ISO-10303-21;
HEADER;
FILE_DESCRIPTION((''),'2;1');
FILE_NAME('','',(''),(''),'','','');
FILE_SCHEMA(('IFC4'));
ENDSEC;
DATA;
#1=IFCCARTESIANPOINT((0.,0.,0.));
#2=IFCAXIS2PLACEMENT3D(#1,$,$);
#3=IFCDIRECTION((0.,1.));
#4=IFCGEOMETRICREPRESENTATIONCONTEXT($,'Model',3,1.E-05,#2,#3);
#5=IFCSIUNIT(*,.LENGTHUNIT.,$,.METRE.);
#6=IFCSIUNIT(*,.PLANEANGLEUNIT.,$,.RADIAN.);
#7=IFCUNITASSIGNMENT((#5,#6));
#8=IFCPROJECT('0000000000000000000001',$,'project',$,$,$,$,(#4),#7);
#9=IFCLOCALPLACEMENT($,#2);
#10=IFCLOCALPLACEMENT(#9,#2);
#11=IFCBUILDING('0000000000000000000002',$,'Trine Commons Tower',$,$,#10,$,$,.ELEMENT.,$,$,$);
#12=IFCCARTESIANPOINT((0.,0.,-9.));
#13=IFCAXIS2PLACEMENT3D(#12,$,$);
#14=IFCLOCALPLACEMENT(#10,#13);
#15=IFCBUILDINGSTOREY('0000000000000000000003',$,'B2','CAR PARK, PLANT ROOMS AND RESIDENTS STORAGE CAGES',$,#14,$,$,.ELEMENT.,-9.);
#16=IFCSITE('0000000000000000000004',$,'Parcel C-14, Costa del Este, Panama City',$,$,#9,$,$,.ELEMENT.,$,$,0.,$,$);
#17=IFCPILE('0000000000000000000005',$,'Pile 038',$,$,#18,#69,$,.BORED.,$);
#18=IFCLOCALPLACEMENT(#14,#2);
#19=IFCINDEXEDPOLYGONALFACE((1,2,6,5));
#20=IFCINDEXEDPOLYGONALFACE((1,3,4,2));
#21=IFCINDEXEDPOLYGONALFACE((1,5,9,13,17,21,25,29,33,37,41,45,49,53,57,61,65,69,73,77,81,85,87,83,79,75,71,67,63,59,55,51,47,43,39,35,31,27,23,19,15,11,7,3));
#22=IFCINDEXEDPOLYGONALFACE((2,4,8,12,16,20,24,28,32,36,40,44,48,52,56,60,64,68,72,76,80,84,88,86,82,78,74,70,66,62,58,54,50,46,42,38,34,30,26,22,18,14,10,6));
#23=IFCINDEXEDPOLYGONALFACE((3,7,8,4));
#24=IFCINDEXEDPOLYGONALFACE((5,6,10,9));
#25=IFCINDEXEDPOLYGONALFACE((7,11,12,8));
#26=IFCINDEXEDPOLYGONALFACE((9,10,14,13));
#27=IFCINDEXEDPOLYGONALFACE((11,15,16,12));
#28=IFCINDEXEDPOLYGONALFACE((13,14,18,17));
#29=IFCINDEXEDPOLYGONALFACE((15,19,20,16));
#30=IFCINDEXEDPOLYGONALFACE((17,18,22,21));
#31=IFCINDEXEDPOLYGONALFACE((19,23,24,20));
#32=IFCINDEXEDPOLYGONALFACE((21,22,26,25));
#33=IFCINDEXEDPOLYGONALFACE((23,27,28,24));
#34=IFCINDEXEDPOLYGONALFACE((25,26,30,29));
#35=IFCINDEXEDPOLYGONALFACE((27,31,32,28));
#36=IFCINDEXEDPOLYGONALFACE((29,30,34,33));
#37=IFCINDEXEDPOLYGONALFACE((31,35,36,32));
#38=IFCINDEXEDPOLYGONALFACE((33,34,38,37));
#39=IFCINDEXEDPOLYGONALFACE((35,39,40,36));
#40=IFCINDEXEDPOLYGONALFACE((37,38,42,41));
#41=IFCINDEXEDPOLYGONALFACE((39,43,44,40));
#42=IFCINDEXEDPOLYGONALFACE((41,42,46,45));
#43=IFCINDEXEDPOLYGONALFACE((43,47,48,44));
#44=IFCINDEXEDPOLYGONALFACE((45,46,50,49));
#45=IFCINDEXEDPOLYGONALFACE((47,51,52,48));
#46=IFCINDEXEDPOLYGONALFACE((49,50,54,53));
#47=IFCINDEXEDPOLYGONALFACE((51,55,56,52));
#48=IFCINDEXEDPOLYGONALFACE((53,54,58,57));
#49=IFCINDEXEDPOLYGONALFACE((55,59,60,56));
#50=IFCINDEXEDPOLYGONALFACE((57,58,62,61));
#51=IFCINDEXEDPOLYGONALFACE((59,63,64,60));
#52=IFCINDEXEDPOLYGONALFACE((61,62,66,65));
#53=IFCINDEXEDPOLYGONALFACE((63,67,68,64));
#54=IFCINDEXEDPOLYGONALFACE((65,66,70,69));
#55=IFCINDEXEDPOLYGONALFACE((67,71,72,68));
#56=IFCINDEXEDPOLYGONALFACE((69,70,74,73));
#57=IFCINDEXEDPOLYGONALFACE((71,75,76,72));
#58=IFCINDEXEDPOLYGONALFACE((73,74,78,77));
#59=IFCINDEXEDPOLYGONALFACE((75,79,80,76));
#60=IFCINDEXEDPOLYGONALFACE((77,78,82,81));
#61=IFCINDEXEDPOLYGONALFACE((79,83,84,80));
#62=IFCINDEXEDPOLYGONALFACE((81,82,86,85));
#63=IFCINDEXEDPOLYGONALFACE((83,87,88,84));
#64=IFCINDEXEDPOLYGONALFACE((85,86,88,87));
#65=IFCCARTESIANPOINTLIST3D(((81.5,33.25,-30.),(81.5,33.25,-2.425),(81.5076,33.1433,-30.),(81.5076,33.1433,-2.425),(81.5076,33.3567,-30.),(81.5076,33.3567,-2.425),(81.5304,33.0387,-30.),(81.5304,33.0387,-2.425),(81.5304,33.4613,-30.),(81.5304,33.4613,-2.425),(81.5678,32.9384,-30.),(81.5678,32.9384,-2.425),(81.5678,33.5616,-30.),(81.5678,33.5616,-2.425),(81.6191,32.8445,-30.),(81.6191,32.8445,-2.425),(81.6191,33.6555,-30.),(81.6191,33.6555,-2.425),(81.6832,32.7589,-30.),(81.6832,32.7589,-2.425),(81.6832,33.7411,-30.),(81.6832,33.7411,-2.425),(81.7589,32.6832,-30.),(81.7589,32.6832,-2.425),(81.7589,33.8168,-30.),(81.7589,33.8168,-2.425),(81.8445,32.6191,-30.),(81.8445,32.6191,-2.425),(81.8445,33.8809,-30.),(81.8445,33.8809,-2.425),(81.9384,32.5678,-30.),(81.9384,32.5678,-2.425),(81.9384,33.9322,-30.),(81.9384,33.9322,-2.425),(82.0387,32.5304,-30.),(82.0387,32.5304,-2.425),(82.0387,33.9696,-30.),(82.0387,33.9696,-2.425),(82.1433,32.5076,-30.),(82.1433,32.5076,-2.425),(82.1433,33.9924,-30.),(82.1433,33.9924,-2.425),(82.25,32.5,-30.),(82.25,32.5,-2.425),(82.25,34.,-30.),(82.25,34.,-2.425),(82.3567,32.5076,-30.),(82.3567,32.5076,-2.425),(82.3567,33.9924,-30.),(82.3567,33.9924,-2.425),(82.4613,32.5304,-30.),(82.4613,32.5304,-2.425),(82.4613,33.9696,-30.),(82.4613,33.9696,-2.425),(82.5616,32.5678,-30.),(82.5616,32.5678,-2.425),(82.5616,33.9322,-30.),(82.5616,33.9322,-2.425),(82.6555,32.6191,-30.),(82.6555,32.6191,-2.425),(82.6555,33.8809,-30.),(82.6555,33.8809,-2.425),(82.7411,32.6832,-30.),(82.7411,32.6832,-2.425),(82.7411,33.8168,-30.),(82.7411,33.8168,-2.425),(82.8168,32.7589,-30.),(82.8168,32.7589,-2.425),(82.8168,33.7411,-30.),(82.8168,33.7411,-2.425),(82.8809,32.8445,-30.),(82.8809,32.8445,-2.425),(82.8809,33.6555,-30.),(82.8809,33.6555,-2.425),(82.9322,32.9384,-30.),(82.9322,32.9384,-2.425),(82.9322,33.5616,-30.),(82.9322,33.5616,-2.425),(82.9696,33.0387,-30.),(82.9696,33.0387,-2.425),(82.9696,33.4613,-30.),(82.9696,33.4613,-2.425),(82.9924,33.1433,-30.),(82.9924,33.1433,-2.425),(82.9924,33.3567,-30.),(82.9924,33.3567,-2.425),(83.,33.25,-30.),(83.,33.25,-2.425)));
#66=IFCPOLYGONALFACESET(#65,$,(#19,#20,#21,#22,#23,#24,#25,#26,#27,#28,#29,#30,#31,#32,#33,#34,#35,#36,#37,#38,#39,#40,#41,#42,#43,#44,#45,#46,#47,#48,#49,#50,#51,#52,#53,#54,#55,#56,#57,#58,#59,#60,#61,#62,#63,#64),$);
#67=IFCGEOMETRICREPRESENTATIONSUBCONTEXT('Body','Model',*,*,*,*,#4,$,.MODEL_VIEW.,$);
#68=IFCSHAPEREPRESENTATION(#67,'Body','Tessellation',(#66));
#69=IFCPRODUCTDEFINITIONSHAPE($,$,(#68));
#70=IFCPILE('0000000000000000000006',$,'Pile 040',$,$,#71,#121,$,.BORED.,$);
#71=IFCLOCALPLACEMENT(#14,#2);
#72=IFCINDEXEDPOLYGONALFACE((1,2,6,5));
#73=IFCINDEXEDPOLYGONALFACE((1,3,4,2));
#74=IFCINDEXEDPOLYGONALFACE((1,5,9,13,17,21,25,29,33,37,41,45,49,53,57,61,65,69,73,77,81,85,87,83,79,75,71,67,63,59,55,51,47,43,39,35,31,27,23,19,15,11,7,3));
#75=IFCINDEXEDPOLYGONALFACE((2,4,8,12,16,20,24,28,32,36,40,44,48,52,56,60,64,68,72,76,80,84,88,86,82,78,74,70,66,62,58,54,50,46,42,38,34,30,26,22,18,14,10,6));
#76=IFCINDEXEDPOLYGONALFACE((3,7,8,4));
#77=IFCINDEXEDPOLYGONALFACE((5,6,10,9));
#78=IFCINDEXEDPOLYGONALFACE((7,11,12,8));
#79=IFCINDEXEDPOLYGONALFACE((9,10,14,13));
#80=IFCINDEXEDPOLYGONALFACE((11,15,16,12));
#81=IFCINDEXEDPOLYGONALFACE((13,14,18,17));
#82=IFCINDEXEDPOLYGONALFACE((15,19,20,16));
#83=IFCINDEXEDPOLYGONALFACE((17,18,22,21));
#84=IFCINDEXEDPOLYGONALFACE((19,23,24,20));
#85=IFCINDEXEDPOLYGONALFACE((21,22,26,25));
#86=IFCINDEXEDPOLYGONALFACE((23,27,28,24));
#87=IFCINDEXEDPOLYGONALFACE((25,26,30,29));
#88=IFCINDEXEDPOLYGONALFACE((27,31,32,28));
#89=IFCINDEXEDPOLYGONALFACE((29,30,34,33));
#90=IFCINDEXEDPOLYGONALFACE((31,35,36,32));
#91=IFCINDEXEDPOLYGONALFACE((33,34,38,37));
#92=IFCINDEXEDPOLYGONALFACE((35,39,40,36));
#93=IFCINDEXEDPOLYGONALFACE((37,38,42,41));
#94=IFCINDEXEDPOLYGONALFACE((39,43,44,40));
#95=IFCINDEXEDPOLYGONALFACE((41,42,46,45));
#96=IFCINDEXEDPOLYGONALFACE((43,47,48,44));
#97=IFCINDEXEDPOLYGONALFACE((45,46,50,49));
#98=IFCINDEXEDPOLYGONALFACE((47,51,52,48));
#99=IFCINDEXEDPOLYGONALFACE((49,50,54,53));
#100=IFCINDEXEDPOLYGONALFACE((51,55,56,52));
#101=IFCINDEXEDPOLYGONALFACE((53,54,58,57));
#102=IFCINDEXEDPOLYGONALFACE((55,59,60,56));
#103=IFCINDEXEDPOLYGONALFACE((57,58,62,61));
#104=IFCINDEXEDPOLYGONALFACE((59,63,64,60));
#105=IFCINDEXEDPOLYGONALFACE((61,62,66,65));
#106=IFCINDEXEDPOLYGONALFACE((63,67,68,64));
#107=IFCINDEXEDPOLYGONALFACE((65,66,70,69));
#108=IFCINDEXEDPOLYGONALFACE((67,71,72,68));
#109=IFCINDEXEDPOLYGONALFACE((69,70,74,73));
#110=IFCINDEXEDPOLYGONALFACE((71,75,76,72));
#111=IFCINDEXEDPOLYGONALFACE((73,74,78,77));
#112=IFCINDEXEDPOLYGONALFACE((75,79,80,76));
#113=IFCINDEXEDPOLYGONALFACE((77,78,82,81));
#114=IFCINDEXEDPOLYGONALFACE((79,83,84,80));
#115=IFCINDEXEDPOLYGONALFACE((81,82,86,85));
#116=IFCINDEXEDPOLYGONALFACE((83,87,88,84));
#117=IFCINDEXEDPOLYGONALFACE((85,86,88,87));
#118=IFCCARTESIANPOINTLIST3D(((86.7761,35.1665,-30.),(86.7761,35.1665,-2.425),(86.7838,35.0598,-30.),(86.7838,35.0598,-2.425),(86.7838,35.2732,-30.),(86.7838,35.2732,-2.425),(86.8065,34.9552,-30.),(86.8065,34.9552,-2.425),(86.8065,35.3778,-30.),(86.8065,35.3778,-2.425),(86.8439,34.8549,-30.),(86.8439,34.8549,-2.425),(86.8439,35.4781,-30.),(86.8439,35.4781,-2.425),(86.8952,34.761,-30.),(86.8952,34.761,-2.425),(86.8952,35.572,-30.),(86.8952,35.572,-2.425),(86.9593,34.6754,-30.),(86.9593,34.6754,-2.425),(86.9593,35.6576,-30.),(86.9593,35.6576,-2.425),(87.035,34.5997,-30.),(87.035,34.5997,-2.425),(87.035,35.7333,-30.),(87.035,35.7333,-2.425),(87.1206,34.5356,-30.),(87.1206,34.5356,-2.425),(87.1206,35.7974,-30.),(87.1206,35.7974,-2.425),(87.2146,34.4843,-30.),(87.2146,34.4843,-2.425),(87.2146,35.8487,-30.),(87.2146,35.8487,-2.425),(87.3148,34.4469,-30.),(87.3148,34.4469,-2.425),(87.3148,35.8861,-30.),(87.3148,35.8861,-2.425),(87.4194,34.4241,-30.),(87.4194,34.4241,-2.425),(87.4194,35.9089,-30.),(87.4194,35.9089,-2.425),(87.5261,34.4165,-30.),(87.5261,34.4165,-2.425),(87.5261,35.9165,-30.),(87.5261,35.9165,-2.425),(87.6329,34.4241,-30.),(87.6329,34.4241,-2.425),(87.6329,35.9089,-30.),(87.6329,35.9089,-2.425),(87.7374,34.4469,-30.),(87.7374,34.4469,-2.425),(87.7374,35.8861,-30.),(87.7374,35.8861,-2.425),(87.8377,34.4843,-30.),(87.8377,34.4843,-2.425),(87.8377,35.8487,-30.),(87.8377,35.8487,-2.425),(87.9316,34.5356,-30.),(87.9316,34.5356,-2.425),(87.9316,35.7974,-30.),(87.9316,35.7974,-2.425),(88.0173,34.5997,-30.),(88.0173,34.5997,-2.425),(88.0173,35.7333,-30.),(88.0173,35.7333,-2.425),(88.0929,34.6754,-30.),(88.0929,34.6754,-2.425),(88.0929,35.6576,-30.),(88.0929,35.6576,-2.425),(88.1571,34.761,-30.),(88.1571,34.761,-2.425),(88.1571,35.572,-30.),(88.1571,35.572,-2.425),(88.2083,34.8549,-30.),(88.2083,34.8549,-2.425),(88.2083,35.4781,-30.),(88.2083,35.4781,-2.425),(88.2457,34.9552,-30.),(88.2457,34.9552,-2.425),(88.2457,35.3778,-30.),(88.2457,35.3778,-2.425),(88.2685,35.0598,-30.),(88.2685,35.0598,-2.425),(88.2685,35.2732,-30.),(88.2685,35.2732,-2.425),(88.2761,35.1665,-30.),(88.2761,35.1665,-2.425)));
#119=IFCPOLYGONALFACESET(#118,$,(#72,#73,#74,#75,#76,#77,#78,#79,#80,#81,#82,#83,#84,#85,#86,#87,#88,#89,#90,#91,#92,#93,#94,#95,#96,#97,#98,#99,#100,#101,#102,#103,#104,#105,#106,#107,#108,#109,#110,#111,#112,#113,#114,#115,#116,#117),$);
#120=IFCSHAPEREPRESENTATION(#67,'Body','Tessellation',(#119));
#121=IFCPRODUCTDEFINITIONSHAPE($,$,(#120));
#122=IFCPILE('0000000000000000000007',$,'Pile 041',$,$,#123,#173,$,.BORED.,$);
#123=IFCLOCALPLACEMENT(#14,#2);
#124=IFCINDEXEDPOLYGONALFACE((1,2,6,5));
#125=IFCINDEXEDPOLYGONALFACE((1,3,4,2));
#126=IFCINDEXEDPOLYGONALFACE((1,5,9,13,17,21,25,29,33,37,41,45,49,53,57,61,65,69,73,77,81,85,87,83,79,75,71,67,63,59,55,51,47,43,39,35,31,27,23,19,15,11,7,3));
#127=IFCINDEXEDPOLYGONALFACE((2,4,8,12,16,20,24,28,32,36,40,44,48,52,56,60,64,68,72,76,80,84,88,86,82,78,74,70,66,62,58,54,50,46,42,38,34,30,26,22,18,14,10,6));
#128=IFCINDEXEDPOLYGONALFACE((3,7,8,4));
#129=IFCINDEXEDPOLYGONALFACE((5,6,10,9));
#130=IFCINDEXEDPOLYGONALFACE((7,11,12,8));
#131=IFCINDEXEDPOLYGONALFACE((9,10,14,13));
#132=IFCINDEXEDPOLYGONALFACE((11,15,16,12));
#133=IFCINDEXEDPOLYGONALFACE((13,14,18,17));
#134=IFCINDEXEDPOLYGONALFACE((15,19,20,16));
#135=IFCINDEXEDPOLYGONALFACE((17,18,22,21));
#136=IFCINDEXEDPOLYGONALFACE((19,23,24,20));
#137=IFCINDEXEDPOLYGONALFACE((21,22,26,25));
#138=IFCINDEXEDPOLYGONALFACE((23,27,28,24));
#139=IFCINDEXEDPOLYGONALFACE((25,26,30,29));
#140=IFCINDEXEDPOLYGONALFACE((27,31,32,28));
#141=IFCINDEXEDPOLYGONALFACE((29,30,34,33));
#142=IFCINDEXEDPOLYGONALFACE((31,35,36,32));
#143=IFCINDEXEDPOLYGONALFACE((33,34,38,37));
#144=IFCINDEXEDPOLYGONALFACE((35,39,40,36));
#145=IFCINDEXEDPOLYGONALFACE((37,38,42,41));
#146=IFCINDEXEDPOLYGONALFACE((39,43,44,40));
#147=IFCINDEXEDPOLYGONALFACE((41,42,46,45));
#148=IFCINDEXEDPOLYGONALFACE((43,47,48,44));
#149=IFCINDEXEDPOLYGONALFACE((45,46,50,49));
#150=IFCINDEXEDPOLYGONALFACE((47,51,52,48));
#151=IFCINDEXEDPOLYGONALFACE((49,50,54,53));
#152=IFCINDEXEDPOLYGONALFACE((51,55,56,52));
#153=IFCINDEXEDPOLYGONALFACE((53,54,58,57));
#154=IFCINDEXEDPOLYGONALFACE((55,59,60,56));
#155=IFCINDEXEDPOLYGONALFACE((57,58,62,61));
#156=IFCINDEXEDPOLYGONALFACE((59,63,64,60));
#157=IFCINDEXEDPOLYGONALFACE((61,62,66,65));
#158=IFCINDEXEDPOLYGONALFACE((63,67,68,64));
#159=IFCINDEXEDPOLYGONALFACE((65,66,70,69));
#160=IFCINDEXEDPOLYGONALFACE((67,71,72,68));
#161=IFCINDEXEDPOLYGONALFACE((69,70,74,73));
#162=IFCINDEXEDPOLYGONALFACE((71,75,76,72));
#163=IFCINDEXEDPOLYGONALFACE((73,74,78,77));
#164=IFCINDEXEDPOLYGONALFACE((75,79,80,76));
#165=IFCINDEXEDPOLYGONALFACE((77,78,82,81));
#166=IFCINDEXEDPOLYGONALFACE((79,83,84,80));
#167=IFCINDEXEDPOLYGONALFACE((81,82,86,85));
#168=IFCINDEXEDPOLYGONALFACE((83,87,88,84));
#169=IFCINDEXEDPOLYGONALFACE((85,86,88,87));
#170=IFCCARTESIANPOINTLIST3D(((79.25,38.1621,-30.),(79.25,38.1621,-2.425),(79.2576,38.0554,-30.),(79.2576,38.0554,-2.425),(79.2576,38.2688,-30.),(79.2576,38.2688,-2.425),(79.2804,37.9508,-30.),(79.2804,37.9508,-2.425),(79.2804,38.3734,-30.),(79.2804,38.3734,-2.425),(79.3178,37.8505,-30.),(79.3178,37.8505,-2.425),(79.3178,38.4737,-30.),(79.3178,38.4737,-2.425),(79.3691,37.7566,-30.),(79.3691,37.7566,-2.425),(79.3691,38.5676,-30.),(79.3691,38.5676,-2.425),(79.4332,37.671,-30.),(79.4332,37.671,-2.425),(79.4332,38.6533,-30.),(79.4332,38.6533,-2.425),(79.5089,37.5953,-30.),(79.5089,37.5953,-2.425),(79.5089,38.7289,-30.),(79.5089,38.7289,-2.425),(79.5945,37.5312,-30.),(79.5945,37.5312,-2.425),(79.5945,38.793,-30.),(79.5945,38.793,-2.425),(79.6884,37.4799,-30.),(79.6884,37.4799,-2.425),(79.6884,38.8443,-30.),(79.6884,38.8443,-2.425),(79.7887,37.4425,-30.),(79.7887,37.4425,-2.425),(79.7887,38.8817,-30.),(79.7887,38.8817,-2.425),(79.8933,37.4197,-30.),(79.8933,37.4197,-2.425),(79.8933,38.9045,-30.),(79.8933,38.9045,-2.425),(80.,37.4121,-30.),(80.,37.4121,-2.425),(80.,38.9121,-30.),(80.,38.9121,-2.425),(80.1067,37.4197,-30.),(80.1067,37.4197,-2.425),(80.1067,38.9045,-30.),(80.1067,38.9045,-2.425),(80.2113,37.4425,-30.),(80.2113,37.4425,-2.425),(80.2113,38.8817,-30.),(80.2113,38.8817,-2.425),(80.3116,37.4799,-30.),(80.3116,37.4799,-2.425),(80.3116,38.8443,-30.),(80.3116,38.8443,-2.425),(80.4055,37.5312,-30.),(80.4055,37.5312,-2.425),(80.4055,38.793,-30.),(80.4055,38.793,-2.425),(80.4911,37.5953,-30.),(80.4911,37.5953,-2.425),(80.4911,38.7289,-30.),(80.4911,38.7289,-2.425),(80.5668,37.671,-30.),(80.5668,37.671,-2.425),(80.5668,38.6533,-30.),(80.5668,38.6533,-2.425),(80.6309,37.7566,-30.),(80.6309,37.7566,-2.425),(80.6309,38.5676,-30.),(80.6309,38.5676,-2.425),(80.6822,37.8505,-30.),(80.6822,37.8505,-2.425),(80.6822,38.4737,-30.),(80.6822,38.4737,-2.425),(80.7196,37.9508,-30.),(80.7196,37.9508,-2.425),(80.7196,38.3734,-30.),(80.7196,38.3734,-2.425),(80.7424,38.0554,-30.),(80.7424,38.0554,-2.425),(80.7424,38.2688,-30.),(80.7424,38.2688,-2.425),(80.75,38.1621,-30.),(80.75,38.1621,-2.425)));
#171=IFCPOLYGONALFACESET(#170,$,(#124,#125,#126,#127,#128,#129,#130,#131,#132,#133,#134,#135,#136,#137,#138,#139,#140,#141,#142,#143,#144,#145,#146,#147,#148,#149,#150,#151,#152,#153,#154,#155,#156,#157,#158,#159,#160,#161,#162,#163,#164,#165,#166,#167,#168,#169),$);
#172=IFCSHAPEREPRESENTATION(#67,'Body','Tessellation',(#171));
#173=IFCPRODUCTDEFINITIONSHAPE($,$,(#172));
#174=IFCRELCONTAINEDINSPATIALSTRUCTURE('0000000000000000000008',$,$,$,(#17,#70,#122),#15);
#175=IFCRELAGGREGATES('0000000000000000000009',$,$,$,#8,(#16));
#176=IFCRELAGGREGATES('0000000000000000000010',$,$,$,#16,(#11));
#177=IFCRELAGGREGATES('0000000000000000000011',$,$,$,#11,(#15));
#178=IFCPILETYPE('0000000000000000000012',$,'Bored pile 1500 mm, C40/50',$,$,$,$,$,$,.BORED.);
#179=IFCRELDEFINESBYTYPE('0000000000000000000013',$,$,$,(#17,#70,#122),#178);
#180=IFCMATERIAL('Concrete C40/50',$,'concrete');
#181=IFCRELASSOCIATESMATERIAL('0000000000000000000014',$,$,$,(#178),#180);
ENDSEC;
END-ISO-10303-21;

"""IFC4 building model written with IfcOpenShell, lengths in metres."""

from ifc_helpers import new_model, si_unit, direction, frame, origin, origin_2d, place, context, subcontext, project, spatial, circle, extrude, material, type_object, element, save


model = new_model("IFC4")

# Units and contexts
model_context = context("Model", 3, precision=1e-05, world=origin(), true_north=direction((0.0, 1.0)))
body_context = subcontext(model_context, "Body", "Model", "MODEL_VIEW")
ifc_project = project(units=[si_unit("LENGTHUNIT", "METRE"), si_unit("PLANEANGLEUNIT", "RADIAN")], contexts=[model_context])

# Site, building, storey
site_placement = place(None, origin())
site = spatial("IfcSite", under=ifc_project, at=site_placement, Name="Parcel C-14, Costa del Este, Panama City", CompositionType="ELEMENT", RefElevation=0.0)
building_placement = place(site_placement, origin())
building = spatial("IfcBuilding", under=site, at=building_placement, Name="Trine Commons Tower", CompositionType="ELEMENT")
storey_placement = place(building_placement, frame((0.0, 0.0, -9.0)))
storey = spatial("IfcBuildingStorey", under=building, at=storey_placement, Name="B2", Description="CAR PARK, PLANT ROOMS AND RESIDENTS STORAGE CAGES", CompositionType="ELEMENT", Elevation=-9.0)

# Piles
ifc_material_1 = material(Name="Concrete C40/50", Category="concrete")
pile_type_1 = type_object("IfcPileType", Name="Bored pile 1500 mm, C40/50", PredefinedType="BORED", material=ifc_material_1)
for number, where, z_axis, x_axis, name in (
    (1, (82.25, 33.25, -2.425), (0.0, 0.0, -1.0), (1.0, 0.0, 0.0), "Pile 038"),
    (2, (87.5261, 35.1665, -2.425), (0.0, 0.0, -1.0), (1.0, 0.0, 0.0), "Pile 040"),
    (3, (80.0, 38.1621, -2.425), (0.0, 0.0, -1.0), (1.0, 0.0, 0.0), "Pile 041"),
):
    element("IfcPile", number, at=place(storey_placement, frame(where, z_axis=z_axis, x_axis=x_axis)), inside=storey, type_object=pile_type_1, Name=name, PredefinedType="BORED", context=body_context, shape_type="SweptSolid", body=[
        extrude(circle(Radius=0.75, at=origin_2d()), origin(), (0.0, 0.0, 1.0), 27.575),
    ])

save(model, "model.ifc")
